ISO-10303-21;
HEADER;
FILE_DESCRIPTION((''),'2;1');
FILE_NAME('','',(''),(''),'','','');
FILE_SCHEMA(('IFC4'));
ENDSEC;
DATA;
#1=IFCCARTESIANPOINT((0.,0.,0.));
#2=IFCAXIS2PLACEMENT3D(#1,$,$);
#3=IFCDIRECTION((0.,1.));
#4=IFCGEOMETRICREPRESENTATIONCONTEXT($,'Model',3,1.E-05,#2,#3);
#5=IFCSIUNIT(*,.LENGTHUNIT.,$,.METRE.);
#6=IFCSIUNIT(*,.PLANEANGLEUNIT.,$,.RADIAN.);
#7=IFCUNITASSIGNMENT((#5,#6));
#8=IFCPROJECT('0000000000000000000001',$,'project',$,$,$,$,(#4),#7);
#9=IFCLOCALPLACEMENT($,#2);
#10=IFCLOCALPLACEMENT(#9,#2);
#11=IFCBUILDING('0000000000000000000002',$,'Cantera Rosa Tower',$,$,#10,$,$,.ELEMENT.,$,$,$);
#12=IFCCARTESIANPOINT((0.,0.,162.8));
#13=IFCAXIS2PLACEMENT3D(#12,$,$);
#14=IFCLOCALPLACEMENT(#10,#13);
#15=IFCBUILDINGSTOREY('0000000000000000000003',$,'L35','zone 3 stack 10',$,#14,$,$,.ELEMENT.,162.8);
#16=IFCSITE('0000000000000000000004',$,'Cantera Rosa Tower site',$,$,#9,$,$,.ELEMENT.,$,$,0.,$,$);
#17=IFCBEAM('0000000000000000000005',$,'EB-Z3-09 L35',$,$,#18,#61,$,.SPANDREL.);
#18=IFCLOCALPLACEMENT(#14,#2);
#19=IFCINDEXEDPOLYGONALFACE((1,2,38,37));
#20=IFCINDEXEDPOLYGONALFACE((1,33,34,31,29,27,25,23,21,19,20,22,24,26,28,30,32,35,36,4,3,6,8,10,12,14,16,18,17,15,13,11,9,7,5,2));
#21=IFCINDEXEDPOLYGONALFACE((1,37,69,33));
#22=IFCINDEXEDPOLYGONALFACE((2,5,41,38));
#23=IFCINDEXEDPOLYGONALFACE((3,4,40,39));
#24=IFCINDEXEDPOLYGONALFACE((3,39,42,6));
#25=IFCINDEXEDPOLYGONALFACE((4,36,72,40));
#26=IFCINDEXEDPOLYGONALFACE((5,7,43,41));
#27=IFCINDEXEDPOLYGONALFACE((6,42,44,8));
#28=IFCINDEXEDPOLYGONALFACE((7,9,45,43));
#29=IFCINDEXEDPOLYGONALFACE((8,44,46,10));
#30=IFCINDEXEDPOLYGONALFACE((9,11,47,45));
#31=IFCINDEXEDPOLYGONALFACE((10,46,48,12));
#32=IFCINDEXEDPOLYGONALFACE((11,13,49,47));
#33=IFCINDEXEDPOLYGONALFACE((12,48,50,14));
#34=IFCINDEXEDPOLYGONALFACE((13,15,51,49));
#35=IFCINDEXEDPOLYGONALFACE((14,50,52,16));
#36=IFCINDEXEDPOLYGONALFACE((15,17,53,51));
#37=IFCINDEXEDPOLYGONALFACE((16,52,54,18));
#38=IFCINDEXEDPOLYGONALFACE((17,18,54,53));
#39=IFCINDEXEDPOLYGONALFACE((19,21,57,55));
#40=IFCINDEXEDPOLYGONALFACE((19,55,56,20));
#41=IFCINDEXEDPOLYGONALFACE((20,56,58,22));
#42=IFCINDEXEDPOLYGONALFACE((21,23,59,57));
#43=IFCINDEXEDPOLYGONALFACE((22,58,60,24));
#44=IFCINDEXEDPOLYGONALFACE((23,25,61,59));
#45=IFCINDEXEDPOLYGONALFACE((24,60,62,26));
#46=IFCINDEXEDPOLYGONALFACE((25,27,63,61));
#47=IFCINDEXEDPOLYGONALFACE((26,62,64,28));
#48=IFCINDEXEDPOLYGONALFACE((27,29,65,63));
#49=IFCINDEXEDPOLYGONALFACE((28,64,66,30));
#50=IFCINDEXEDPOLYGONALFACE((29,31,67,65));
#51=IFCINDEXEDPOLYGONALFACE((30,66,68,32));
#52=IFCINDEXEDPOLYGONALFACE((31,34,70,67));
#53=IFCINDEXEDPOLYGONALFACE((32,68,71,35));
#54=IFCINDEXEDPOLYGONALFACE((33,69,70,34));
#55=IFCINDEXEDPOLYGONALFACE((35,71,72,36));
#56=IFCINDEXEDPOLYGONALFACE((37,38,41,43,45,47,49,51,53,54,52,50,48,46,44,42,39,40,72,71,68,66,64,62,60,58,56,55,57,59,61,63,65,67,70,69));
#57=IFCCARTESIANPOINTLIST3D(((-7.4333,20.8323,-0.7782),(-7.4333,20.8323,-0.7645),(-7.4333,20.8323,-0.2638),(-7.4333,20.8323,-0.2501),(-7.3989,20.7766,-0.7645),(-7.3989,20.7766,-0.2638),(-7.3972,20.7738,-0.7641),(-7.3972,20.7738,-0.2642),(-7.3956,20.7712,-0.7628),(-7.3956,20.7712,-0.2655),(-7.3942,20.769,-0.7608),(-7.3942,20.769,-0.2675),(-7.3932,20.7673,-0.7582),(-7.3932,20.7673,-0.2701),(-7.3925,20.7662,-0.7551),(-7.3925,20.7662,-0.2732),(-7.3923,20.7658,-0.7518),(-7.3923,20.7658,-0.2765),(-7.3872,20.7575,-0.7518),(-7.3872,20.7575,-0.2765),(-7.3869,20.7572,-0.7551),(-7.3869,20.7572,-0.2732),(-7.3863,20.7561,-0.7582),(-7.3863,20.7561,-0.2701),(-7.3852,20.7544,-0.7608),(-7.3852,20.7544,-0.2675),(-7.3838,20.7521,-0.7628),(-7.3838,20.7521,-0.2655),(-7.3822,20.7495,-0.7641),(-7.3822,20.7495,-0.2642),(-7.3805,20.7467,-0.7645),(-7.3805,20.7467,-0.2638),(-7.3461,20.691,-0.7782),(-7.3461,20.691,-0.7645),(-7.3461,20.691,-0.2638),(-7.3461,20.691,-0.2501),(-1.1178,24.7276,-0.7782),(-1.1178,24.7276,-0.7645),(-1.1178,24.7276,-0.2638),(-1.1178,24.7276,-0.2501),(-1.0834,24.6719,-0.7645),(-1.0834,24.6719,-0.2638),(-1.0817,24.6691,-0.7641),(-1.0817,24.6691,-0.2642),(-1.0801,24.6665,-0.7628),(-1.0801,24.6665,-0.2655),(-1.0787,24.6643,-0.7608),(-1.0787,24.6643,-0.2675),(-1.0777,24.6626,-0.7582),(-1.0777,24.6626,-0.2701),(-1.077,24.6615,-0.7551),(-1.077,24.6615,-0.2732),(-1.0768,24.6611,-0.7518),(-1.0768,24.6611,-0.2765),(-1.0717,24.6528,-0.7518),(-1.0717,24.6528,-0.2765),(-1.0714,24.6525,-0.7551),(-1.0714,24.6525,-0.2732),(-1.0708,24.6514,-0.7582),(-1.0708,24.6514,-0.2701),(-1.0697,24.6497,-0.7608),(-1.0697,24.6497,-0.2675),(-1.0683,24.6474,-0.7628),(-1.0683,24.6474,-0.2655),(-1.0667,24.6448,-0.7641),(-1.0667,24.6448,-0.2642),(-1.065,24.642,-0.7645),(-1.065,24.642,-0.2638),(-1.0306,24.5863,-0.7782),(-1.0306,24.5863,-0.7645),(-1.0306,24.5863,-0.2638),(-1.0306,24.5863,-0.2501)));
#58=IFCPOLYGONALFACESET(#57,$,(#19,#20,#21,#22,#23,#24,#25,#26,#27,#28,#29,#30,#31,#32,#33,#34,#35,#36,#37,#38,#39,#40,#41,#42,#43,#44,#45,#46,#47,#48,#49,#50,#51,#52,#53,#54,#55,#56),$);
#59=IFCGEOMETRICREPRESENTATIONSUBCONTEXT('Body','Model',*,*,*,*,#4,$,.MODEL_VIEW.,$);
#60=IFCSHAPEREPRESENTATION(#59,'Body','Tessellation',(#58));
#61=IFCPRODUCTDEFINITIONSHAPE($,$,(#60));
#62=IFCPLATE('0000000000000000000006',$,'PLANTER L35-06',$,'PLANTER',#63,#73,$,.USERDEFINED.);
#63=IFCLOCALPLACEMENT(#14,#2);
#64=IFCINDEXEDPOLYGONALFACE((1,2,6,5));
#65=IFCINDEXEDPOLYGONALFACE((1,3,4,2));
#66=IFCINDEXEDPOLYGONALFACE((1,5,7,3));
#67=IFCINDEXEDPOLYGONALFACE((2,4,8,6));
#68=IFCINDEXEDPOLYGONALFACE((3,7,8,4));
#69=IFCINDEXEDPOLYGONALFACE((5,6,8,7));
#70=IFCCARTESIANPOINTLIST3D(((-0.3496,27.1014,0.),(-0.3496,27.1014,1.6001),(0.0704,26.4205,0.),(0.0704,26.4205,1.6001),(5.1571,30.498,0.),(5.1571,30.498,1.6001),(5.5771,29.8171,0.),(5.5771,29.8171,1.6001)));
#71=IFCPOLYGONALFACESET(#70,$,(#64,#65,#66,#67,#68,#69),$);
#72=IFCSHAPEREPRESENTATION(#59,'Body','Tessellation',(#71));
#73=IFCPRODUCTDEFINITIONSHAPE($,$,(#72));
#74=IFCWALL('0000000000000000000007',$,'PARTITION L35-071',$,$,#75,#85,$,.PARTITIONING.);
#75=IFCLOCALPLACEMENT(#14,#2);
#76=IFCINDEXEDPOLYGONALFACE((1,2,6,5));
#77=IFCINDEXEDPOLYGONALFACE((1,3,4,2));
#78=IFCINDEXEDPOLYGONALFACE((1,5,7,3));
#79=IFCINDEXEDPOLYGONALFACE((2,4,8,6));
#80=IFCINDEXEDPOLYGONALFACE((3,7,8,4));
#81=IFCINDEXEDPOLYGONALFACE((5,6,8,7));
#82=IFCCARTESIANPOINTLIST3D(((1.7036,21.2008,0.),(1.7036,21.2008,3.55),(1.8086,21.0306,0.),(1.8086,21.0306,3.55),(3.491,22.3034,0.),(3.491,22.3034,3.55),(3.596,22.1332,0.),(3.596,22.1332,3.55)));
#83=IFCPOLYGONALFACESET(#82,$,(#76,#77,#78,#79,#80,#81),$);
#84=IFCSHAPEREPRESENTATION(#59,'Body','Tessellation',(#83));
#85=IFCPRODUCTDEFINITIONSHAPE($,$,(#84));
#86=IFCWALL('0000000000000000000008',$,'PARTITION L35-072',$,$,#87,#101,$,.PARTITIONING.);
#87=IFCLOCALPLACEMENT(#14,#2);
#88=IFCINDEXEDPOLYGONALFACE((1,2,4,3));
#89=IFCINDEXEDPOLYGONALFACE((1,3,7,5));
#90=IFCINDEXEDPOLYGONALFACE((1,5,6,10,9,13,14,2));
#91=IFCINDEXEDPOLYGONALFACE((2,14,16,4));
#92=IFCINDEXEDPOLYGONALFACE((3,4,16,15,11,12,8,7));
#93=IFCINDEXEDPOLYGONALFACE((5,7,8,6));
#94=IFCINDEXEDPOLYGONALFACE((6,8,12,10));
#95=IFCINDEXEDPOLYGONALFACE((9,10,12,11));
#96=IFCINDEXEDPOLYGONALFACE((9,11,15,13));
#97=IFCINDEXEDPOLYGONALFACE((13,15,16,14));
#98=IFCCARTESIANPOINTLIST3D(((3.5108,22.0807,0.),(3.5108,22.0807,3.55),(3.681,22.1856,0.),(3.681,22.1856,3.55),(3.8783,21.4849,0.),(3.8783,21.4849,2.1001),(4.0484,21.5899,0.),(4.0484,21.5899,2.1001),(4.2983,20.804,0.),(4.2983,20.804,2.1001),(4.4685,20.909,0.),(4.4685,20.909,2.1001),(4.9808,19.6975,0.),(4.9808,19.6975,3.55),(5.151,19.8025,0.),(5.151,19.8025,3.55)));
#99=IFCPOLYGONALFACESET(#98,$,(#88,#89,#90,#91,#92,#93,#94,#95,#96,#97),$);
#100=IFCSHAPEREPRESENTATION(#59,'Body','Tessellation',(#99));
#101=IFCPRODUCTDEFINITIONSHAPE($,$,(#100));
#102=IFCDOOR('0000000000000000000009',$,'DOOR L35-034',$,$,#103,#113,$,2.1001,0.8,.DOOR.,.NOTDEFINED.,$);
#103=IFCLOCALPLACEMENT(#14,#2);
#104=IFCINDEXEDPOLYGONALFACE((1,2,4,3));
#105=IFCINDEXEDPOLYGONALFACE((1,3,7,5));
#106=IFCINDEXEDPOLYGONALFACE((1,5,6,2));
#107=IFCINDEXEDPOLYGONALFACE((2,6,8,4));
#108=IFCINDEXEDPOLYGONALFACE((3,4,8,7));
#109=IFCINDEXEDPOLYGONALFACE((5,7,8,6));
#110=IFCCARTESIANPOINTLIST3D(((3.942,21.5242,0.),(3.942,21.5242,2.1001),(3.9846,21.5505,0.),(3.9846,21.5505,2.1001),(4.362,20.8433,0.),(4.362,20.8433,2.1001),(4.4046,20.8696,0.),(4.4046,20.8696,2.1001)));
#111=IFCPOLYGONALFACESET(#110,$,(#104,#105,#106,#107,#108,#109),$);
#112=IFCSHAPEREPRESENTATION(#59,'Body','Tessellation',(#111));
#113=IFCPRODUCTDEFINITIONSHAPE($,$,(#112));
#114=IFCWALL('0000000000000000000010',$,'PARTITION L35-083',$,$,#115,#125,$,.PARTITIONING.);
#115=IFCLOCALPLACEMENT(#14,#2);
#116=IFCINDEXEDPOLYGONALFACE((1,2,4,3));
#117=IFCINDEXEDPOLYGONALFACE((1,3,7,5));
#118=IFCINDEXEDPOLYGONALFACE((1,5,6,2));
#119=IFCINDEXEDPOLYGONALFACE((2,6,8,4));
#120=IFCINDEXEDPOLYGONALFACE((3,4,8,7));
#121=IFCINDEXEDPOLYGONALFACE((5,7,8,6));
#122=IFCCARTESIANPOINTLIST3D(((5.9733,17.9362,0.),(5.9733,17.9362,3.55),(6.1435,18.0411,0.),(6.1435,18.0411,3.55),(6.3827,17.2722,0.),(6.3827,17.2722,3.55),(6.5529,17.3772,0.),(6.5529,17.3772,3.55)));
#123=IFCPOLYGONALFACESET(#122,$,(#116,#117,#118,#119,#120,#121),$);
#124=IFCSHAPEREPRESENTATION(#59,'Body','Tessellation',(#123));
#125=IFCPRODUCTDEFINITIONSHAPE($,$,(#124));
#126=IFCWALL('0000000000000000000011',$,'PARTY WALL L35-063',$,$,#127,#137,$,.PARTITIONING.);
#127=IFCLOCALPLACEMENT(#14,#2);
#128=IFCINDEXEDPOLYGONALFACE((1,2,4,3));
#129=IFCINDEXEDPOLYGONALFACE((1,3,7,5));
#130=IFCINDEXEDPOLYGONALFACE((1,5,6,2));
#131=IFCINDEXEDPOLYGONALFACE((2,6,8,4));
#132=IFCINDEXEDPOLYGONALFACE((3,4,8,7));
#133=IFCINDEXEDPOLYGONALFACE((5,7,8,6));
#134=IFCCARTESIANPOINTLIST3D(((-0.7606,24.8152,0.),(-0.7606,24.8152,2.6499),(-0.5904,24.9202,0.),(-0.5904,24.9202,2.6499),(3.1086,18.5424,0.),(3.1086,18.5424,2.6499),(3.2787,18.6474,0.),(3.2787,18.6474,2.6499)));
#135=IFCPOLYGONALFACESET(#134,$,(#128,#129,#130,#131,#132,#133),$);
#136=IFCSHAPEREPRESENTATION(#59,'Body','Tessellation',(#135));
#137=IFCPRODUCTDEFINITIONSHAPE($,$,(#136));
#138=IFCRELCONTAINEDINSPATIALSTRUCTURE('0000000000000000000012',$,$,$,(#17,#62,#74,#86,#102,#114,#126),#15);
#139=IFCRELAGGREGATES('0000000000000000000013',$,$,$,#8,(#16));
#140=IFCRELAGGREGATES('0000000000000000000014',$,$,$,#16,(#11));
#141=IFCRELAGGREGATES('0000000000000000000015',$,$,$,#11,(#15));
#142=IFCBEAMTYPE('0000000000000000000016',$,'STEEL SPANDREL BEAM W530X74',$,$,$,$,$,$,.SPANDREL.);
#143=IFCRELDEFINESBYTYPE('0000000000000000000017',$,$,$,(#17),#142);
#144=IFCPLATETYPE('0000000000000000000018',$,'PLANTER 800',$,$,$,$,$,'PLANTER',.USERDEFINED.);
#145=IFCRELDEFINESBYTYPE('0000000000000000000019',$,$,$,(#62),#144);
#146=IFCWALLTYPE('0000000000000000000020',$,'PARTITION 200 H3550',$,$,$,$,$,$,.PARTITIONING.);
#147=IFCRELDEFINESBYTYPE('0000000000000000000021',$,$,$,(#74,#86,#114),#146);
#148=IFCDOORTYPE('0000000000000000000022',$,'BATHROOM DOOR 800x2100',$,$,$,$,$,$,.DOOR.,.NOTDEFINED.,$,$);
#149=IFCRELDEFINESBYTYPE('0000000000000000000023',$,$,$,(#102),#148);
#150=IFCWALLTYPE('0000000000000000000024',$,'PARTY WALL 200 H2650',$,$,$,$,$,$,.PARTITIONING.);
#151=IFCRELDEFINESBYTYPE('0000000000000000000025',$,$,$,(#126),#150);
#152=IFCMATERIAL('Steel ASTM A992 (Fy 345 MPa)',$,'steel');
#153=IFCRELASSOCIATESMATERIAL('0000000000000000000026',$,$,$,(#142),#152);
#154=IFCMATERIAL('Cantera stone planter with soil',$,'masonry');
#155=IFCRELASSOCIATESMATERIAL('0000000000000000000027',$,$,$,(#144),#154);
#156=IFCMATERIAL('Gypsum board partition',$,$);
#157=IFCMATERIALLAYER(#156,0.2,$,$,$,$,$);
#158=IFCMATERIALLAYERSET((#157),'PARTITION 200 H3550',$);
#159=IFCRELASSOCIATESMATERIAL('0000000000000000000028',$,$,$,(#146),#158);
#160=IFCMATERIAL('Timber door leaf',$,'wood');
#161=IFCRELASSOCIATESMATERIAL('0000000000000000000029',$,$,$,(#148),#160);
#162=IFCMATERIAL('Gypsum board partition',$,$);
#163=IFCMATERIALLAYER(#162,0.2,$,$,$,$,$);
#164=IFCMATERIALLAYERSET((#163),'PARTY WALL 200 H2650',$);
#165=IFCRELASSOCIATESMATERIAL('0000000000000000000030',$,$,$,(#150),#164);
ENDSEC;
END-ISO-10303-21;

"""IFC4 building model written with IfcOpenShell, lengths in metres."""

from ifc_helpers import new_model, si_unit, direction, frame, frame_2d, origin, origin_2d, place, context, subcontext, project, spatial, rectangle, i_section, extrude, material, layer, layer_set, material_profile, profile_set, type_object, element, fill, save


model = new_model("IFC4")

# Units and contexts
model_context = context("Model", 3, precision=1e-05, world=origin(), true_north=direction((0.0, 1.0)))
body_context = subcontext(model_context, "Body", "Model", "MODEL_VIEW")
ifc_project = project(units=[si_unit("LENGTHUNIT", "METRE"), si_unit("PLANEANGLEUNIT", "RADIAN")], contexts=[model_context])

# Site, building, storey
site_placement = place(None, origin())
site = spatial("IfcSite", under=ifc_project, at=site_placement, Name="Cantera Rosa Tower site", CompositionType="ELEMENT", RefElevation=0.0)
building_placement = place(site_placement, origin())
building = spatial("IfcBuilding", under=site, at=building_placement, Name="Cantera Rosa Tower", CompositionType="ELEMENT")
storey_placement = place(building_placement, frame((0.0, 0.0, 162.8)))
storey = spatial("IfcBuildingStorey", under=building, at=storey_placement, Name="L35", Description="zone 3 stack 10", CompositionType="ELEMENT", Elevation=162.8)

# Beam
ifc_material_1 = material(Name="Steel ASTM A992 (Fy 345 MPa)", Category="steel")
ifc_material_profile_1 = material_profile(ifc_material_1, i_section(OverallWidth=0.166, OverallDepth=0.5281, WebThickness=0.0098, FlangeThickness=0.0137, FilletRadius=0.0127, at=origin_2d()), Name="W530X74")
ifc_profile_set_1 = profile_set([ifc_material_profile_1], Name="Steel ASTM A992 (Fy 345 MPa)")
beam_type_1 = type_object("IfcBeamType", Name="STEEL SPANDREL BEAM W530X74", PredefinedType="SPANDREL", material=ifc_profile_set_1)
for number, where, z_axis, x_axis, name in (
    (1, (-1.0742, 24.657, -0.5142), (-0.851126, -0.524962, 0.0), (0.524962, -0.851126, 0.0), "EB-Z3-09 L35"),
):
    element("IfcBeam", number, at=place(storey_placement, frame(where, z_axis=z_axis, x_axis=x_axis)), inside=storey, type_object=beam_type_1, Name=name, PredefinedType="SPANDREL", context=body_context, shape_type="SweptSolid", body=[
        extrude(i_section(OverallWidth=0.166, OverallDepth=0.5281, WebThickness=0.0098, FlangeThickness=0.0137, FilletRadius=0.0127, at=origin_2d()), origin(), (0.0, 0.0, 1.0), 7.4202),
    ])

# Plate
ifc_material_2 = material(Name="Cantera stone planter with soil", Category="masonry")
plate_type = type_object("IfcPlateType", Name="PLANTER 800", ElementType="PLANTER", PredefinedType="USERDEFINED", material=ifc_material_2)
plate_placement = place(storey_placement, frame((2.6138, 28.4592, 0.0), z_axis=(0.0, 0.0, 1.0), x_axis=(-0.851117, -0.524977, 0.0)))
element("IfcPlate", 2, at=plate_placement, inside=storey, type_object=plate_type, Name="PLANTER L35-06", ObjectType="PLANTER", PredefinedType="USERDEFINED", context=body_context, shape_type="SweptSolid", body=[
    extrude(rectangle(XDim=6.47, YDim=0.8, at=origin_2d()), origin(), (0.0, 0.0, 1.0), 1.6001),
])

# Wall
ifc_material_3 = material(Name="Gypsum board partition")
ifc_layer_1 = layer(ifc_material_3, 0.2)
ifc_layer_set_1 = layer_set([ifc_layer_1], Name="PARTITION 200 H3550")
wall_type_1 = type_object("IfcWallType", Name="PARTITION 200 H3550", PredefinedType="PARTITIONING", material=ifc_layer_set_1)
wall_1_placement = place(storey_placement, frame((1.7561, 21.1157, 0.0), z_axis=(0.0, 0.0, 1.0), x_axis=(0.851099, 0.525005, 0.0)))
element("IfcWall", 3, at=wall_1_placement, inside=storey, type_object=wall_type_1, Name="PARTITION L35-071", PredefinedType="PARTITIONING", context=body_context, shape_type="SweptSolid", body=[
    extrude(rectangle(XDim=2.1001, YDim=0.2, at=frame_2d((1.05, 0.0))), origin(), (0.0, 0.0, 1.0), 3.55),
])

# Wall, opening, door
wall_2_placement = place(storey_placement, frame((3.5959, 22.1331, 0.0), z_axis=(0.0, 0.0, 1.0), x_axis=(0.524997, -0.851104, 0.0)))
wall_2 = element("IfcWall", 4, at=wall_2_placement, inside=storey, type_object=wall_type_1, Name="PARTITION L35-072", PredefinedType="PARTITIONING", context=body_context, shape_type="SweptSolid", body=[
    extrude(rectangle(XDim=2.8, YDim=0.2, at=frame_2d((1.3999, 0.0))), origin(), (0.0, 0.0, 1.0), 3.55),
])
opening_1_placement = place(wall_2_placement, frame((0.7, 0.0, 0.0)))
opening_1 = element("IfcOpeningElement", 5, at=opening_1_placement, cuts=wall_2, PredefinedType="OPENING", context=body_context, shape_type="SweptSolid", body=[
    extrude(rectangle(XDim=0.8, YDim=2.1001, at=frame_2d((0.3999, 1.05))), frame((0.0, 0.1099, 0.0), z_axis=(0.0, -1.0, 0.0), x_axis=(1.0, 0.0, 0.0)), (0.0, 0.0, 1.0), 0.22),
])
ifc_material_4 = material(Name="Timber door leaf", Category="wood")
door_type_1 = type_object("IfcDoorType", Name="BATHROOM DOOR 800x2100", OperationType="NOTDEFINED", PredefinedType="DOOR", material=ifc_material_4)
door_1_placement = place(opening_1_placement, origin())
door_1 = element("IfcDoor", 6, at=door_1_placement, inside=storey, type_object=door_type_1, Name="DOOR L35-034", OperationType="NOTDEFINED", OverallHeight=2.1001, OverallWidth=0.8, PredefinedType="DOOR", context=body_context, shape_type="SweptSolid", body=[
    extrude(rectangle(XDim=0.8, YDim=2.1001, at=frame_2d((0.3999, 1.05))), frame((0.0, 0.0249, 0.0), z_axis=(0.0, -1.0, 0.0), x_axis=(1.0, 0.0, 0.0)), (0.0, 0.0, 1.0), 0.05),
])
fill(opening_1, door_1)

# Walls
wall_3_placement = place(storey_placement, frame((6.0583, 17.9888, 0.0), z_axis=(0.0, 0.0, 1.0), x_axis=(0.524813, -0.851217, 0.0)))
element("IfcWall", 7, at=wall_3_placement, inside=storey, type_object=wall_type_1, Name="PARTITION L35-083", PredefinedType="PARTITIONING", context=body_context, shape_type="SweptSolid", body=[
    extrude(rectangle(XDim=0.78, YDim=0.2, at=frame_2d((0.3901, 0.0))), origin(), (0.0, 0.0, 1.0), 3.55),
])
ifc_material_5 = material(Name="Gypsum board partition")
ifc_layer_2 = layer(ifc_material_5, 0.2)
ifc_layer_set_2 = layer_set([ifc_layer_2], Name="PARTY WALL 200 H2650")
wall_type_2 = type_object("IfcWallType", Name="PARTY WALL 200 H2650", PredefinedType="PARTITIONING", material=ifc_layer_set_2)
wall_4_placement = place(storey_placement, frame((-0.6755, 24.8677, 0.0), z_axis=(0.0, 0.0, 1.0), x_axis=(0.524984, -0.851112, 0.0)))
element("IfcWall", 8, at=wall_4_placement, inside=storey, type_object=wall_type_2, Name="PARTY WALL L35-063", PredefinedType="PARTITIONING", context=body_context, shape_type="SweptSolid", body=[
    extrude(rectangle(XDim=7.3701, YDim=0.2, at=frame_2d((3.6851, 0.0))), origin(), (0.0, 0.0, 1.0), 2.6499),
])

save(model, "model.ifc")
